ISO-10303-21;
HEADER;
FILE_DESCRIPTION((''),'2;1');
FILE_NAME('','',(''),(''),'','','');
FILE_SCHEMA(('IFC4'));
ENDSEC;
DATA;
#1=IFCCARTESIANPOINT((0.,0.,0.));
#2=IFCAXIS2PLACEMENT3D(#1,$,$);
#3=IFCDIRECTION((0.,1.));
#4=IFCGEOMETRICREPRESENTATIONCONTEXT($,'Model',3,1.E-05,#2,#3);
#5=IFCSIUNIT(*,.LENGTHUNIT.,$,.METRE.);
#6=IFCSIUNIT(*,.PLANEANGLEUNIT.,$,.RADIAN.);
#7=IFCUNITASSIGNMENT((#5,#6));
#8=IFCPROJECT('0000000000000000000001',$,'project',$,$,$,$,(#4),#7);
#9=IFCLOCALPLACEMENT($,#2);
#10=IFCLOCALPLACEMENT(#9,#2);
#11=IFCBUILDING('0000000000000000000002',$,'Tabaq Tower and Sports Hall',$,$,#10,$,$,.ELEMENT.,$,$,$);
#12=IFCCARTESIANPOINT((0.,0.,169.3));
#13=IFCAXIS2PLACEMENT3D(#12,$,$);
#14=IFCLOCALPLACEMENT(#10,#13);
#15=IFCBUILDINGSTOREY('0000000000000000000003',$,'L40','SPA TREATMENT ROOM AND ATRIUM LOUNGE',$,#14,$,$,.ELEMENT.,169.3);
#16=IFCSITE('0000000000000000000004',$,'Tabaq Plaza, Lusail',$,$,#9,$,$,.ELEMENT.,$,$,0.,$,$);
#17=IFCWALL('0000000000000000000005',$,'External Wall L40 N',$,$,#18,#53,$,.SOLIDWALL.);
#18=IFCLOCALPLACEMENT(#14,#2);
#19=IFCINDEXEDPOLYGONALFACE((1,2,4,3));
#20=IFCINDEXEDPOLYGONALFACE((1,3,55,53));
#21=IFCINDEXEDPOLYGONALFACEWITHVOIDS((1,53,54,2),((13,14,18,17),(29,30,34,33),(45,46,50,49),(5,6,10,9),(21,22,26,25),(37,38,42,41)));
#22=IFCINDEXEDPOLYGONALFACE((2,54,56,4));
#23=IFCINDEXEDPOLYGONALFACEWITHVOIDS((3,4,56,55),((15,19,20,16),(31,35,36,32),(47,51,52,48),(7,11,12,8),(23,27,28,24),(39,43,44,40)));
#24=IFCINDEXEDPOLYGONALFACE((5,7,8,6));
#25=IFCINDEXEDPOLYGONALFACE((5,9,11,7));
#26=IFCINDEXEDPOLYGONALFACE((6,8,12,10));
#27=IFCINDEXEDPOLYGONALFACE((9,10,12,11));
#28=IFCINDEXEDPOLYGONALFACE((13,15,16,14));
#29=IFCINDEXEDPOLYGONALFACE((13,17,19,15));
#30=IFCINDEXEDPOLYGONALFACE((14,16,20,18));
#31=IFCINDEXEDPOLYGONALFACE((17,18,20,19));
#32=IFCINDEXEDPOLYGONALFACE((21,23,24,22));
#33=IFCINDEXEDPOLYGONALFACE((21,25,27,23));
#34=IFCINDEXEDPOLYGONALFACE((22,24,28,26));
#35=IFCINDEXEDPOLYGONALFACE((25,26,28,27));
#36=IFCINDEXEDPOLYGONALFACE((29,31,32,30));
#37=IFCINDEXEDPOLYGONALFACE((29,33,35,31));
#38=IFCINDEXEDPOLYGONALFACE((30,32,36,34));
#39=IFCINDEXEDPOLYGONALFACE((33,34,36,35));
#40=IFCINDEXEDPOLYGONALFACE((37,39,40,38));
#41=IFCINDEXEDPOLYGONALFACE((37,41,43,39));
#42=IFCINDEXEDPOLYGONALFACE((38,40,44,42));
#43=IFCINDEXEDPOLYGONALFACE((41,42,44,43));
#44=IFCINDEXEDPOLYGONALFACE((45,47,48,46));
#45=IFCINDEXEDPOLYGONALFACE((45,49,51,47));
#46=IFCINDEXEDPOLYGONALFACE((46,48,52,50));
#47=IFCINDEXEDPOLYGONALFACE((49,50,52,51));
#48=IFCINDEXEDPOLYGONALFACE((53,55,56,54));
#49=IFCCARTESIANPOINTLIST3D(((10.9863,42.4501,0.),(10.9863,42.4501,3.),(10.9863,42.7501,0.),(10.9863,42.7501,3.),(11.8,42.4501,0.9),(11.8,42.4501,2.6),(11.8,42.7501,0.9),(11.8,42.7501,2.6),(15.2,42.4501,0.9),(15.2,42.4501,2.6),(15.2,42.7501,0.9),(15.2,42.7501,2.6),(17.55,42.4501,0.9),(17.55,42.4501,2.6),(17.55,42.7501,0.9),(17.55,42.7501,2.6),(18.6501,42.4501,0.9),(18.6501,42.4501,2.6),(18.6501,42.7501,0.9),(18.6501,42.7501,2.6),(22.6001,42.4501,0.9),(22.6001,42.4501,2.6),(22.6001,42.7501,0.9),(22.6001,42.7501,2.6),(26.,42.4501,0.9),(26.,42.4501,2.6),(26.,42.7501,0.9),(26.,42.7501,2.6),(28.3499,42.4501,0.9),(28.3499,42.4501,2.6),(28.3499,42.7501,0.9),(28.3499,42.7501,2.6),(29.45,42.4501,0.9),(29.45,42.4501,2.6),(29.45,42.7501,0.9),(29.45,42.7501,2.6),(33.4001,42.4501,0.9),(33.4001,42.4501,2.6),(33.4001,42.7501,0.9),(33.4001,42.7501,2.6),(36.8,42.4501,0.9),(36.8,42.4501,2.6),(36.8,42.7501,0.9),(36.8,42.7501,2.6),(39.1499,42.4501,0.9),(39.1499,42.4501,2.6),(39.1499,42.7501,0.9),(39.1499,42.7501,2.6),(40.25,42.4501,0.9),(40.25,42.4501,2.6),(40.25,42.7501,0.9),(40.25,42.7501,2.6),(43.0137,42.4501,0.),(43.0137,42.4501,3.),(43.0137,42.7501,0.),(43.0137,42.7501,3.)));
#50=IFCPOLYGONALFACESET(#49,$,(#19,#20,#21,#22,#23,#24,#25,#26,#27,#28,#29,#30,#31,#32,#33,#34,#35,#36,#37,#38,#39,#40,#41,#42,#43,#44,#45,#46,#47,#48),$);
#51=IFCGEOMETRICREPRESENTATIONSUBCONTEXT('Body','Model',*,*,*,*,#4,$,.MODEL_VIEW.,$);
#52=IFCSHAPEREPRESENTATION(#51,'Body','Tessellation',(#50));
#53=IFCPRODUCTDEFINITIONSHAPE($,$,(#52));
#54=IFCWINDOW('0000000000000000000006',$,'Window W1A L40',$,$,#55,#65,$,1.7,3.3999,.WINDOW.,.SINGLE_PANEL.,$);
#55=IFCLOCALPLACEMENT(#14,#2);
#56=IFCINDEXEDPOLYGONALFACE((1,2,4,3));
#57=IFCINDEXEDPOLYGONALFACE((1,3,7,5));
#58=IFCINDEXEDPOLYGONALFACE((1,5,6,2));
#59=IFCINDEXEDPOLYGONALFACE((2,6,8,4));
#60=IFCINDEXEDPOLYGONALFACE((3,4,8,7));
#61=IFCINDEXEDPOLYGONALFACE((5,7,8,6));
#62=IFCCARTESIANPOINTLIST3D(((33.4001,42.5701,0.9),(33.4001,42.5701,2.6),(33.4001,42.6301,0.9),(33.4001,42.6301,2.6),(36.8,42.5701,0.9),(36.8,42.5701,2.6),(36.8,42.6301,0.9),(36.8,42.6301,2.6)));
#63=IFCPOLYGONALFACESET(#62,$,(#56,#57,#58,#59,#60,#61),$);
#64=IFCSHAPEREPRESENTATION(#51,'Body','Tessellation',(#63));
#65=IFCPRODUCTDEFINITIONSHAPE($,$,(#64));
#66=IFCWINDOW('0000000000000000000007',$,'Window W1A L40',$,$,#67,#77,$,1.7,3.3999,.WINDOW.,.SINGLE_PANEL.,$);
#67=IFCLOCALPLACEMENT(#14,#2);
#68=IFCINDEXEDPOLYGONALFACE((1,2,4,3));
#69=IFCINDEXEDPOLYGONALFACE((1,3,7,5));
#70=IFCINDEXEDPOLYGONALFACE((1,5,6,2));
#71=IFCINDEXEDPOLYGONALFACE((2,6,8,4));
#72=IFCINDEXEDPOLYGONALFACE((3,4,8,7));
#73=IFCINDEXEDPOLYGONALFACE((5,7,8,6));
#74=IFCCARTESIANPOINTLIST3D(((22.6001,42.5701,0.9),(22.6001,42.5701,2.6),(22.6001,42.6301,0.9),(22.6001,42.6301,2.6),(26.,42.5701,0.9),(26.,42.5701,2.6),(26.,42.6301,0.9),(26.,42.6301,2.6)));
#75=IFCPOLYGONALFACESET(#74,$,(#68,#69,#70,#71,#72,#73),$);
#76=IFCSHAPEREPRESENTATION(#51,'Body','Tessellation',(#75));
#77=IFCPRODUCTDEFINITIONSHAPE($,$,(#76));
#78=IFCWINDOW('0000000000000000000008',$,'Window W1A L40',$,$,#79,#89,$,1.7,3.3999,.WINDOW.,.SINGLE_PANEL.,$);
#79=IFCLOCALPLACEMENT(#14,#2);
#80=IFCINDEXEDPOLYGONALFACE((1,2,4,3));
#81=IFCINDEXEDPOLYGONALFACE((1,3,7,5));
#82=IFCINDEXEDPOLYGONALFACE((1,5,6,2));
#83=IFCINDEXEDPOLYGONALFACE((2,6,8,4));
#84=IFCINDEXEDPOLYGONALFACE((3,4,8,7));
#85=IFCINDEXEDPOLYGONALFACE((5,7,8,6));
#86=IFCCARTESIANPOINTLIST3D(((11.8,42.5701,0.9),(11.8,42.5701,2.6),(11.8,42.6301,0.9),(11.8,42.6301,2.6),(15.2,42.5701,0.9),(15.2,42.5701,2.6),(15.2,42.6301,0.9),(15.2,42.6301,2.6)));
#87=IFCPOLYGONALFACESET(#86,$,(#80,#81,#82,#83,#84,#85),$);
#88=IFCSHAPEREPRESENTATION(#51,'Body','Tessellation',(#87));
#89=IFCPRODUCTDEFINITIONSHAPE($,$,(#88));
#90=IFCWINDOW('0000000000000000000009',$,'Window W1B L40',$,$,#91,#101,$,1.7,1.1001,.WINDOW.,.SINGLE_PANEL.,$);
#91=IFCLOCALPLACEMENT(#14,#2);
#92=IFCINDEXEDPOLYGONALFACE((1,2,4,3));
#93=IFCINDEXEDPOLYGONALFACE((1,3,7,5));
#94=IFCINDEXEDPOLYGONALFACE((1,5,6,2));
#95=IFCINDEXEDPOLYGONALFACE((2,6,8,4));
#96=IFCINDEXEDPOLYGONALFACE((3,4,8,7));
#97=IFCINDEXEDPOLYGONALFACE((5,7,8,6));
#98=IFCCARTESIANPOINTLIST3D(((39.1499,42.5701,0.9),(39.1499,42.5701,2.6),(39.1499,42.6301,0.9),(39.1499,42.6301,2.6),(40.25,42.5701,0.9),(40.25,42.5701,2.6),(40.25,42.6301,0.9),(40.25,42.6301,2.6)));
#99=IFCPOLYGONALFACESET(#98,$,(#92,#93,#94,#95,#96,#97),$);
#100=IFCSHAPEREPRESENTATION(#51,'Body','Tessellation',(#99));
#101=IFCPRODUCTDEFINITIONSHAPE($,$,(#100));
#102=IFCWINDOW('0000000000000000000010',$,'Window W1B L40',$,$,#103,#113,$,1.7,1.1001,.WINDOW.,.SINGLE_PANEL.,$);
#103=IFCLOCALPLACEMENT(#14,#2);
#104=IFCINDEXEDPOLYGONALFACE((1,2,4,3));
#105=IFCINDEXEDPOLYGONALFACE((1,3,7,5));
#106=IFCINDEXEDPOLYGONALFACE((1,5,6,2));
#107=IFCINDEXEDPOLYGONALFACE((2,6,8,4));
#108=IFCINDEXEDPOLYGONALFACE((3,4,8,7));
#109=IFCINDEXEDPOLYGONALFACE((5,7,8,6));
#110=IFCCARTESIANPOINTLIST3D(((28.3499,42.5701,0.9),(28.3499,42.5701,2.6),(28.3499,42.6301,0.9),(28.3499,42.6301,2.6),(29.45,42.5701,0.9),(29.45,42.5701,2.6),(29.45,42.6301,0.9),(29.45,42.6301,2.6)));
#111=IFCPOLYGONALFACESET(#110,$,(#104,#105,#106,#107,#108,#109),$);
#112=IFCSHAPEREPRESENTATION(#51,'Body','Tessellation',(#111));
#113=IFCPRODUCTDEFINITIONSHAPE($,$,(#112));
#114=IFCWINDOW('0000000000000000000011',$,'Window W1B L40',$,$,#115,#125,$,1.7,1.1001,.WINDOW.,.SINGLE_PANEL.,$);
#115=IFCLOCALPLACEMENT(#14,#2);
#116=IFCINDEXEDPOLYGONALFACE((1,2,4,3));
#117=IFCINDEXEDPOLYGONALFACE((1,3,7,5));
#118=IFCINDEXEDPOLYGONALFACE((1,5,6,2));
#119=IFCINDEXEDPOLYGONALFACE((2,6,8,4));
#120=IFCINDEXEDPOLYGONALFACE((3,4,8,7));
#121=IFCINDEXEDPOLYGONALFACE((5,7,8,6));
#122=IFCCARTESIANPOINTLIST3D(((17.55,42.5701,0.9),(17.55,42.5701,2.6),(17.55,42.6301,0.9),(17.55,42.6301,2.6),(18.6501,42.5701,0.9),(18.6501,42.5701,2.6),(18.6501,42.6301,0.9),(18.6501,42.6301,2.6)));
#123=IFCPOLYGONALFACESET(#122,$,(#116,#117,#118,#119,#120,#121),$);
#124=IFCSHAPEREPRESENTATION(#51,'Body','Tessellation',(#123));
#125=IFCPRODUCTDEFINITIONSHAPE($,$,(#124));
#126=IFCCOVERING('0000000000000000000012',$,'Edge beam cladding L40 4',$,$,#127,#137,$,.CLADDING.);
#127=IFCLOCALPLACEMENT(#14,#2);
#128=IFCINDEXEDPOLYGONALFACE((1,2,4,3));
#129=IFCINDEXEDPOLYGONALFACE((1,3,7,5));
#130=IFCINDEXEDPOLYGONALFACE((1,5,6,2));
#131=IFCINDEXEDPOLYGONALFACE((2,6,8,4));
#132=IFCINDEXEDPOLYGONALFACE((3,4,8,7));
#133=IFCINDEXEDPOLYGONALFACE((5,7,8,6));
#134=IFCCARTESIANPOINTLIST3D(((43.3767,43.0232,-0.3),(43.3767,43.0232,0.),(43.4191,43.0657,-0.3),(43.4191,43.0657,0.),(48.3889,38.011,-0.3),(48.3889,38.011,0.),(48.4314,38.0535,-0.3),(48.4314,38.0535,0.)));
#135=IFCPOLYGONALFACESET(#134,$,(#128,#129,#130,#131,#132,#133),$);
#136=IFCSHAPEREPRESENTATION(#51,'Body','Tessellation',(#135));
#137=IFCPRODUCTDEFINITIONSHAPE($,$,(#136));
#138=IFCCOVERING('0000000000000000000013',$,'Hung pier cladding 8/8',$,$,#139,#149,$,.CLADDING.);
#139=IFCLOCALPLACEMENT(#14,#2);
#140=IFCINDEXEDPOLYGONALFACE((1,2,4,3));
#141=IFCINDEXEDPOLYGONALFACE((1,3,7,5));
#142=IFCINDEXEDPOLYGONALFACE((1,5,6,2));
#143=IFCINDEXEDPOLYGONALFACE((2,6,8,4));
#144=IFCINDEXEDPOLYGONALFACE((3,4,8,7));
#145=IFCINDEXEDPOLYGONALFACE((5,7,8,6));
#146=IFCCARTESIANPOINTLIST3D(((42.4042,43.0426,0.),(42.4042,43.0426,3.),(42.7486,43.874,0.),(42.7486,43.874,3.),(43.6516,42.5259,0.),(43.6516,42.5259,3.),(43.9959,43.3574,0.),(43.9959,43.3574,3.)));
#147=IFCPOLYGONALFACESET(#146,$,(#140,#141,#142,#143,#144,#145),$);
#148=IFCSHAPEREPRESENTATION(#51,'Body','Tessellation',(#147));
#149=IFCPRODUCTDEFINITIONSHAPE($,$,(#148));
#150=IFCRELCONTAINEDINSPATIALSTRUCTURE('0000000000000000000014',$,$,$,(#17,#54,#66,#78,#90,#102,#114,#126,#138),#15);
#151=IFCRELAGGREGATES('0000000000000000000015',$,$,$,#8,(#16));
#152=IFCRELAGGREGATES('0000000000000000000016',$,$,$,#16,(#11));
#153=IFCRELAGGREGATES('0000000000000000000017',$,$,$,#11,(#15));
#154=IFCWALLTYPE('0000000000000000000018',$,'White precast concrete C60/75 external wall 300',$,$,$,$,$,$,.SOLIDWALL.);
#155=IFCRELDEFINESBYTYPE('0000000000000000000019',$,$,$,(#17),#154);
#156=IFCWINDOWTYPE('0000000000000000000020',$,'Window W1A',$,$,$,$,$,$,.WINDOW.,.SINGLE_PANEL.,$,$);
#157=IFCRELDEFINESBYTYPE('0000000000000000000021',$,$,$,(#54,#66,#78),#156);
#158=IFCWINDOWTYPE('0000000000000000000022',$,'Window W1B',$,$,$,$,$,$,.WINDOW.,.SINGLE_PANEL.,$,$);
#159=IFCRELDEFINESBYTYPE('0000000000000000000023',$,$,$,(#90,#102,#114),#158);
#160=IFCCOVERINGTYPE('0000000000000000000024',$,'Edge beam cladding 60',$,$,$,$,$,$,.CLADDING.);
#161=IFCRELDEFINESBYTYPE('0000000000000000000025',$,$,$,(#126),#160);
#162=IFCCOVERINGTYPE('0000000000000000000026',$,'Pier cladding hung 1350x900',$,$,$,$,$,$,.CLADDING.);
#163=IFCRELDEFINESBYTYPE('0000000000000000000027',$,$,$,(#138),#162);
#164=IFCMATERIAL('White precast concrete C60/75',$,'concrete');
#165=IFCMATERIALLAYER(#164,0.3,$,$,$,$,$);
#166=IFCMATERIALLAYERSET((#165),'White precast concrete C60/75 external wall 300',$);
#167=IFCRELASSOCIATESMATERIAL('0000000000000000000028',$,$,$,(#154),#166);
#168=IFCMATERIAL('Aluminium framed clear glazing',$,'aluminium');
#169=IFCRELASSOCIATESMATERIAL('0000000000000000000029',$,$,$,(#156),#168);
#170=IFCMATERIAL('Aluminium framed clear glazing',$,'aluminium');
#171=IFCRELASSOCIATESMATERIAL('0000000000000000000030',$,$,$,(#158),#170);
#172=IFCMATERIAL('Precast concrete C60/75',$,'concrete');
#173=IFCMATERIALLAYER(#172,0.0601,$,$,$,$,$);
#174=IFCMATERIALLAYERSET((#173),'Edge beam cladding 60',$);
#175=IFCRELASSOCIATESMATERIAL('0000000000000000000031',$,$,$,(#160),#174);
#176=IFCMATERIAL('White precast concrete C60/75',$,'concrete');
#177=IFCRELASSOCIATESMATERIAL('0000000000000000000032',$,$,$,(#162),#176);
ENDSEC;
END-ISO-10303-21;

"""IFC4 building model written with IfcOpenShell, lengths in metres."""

from ifc_helpers import new_model, si_unit, direction, frame, frame_2d, origin, place, context, subcontext, project, spatial, rectangle, extrude, material, layer, layer_set, type_object, element, fill, save


model = new_model("IFC4")

# Units and contexts
model_context = context("Model", 3, precision=1e-05, world=origin(), true_north=direction((0.0, 1.0)))
body_context = subcontext(model_context, "Body", "Model", "MODEL_VIEW")
ifc_project = project(units=[si_unit("LENGTHUNIT", "METRE"), si_unit("PLANEANGLEUNIT", "RADIAN")], contexts=[model_context])

# Site, building, storey
site_placement = place(None, origin())
site = spatial("IfcSite", under=ifc_project, at=site_placement, Name="Tabaq Plaza, Lusail", CompositionType="ELEMENT", RefElevation=0.0)
building_placement = place(site_placement, origin())
building = spatial("IfcBuilding", under=site, at=building_placement, Name="Tabaq Tower and Sports Hall", CompositionType="ELEMENT")
storey_placement = place(building_placement, frame((0.0, 0.0, 169.3)))
storey = spatial("IfcBuildingStorey", under=building, at=storey_placement, Name="L40", Description="SPA TREATMENT ROOM AND ATRIUM LOUNGE", CompositionType="ELEMENT", Elevation=169.3)

# Wall, openings, windows
ifc_material_1 = material(Name="White precast concrete C60/75", Category="concrete")
ifc_layer_1 = layer(ifc_material_1, 0.3)
ifc_layer_set_1 = layer_set([ifc_layer_1], Name="White precast concrete C60/75 external wall 300")
wall_type_1 = type_object("IfcWallType", Name="White precast concrete C60/75 external wall 300", PredefinedType="SOLIDWALL", material=ifc_layer_set_1)
wall_1_placement = place(storey_placement, frame((43.0137, 42.6001, 0.0), z_axis=(0.0, 0.0, 1.0), x_axis=(-1.0, 0.0, 0.0)))
wall_1 = element("IfcWall", 1, at=wall_1_placement, inside=storey, type_object=wall_type_1, Name="External Wall L40 N", PredefinedType="SOLIDWALL", context=body_context, shape_type="SweptSolid", body=[
    extrude(rectangle(XDim=32.0273, YDim=0.3, at=frame_2d((16.0137, 0.0))), origin(), (0.0, 0.0, 1.0), 3.0),
])
opening_1_placement = place(wall_1_placement, frame((2.7637, 0.0, 0.8999)))
opening_1 = element("IfcOpeningElement", 2, at=opening_1_placement, cuts=wall_1, PredefinedType="OPENING", context=body_context, shape_type="SweptSolid", body=[
    extrude(rectangle(XDim=1.1001, YDim=1.7, at=frame_2d((0.55, 0.8501))), frame((0.0, 0.1602, 0.0), z_axis=(0.0, -1.0, 0.0), x_axis=(1.0, 0.0, 0.0)), (0.0, 0.0, 1.0), 0.3201),
])
opening_2_placement = place(wall_1_placement, frame((6.2136, 0.0, 0.8999)))
opening_2 = element("IfcOpeningElement", 3, at=opening_2_placement, cuts=wall_1, PredefinedType="OPENING", context=body_context, shape_type="SweptSolid", body=[
    extrude(rectangle(XDim=3.3999, YDim=1.7, at=frame_2d((1.7, 0.8501))), frame((0.0, 0.1602, 0.0), z_axis=(0.0, -1.0, 0.0), x_axis=(1.0, 0.0, 0.0)), (0.0, 0.0, 1.0), 0.3201),
])
opening_3_placement = place(wall_1_placement, frame((13.5637, 0.0, 0.8999)))
opening_3 = element("IfcOpeningElement", 4, at=opening_3_placement, cuts=wall_1, PredefinedType="OPENING", context=body_context, shape_type="SweptSolid", body=[
    extrude(rectangle(XDim=1.1001, YDim=1.7, at=frame_2d((0.55, 0.8501))), frame((0.0, 0.1602, 0.0), z_axis=(0.0, -1.0, 0.0), x_axis=(1.0, 0.0, 0.0)), (0.0, 0.0, 1.0), 0.3201),
])
opening_4_placement = place(wall_1_placement, frame((17.0137, 0.0, 0.8999)))
opening_4 = element("IfcOpeningElement", 5, at=opening_4_placement, cuts=wall_1, PredefinedType="OPENING", context=body_context, shape_type="SweptSolid", body=[
    extrude(rectangle(XDim=3.3999, YDim=1.7, at=frame_2d((1.7, 0.8501))), frame((0.0, 0.1602, 0.0), z_axis=(0.0, -1.0, 0.0), x_axis=(1.0, 0.0, 0.0)), (0.0, 0.0, 1.0), 0.3201),
])
opening_5_placement = place(wall_1_placement, frame((24.3635, 0.0, 0.8999)))
opening_5 = element("IfcOpeningElement", 6, at=opening_5_placement, cuts=wall_1, PredefinedType="OPENING", context=body_context, shape_type="SweptSolid", body=[
    extrude(rectangle(XDim=1.1001, YDim=1.7, at=frame_2d((0.55, 0.8501))), frame((0.0, 0.1602, 0.0), z_axis=(0.0, -1.0, 0.0), x_axis=(1.0, 0.0, 0.0)), (0.0, 0.0, 1.0), 0.3201),
])
opening_6_placement = place(wall_1_placement, frame((27.8137, 0.0, 0.8999)))
opening_6 = element("IfcOpeningElement", 7, at=opening_6_placement, cuts=wall_1, PredefinedType="OPENING", context=body_context, shape_type="SweptSolid", body=[
    extrude(rectangle(XDim=3.3999, YDim=1.7, at=frame_2d((1.7, 0.8501))), frame((0.0, 0.1602, 0.0), z_axis=(0.0, -1.0, 0.0), x_axis=(1.0, 0.0, 0.0)), (0.0, 0.0, 1.0), 0.3201),
])
ifc_material_2 = material(Name="Aluminium framed clear glazing", Category="aluminium")
window_type_1 = type_object("IfcWindowType", Name="Window W1A", PartitioningType="SINGLE_PANEL", PredefinedType="WINDOW", material=ifc_material_2)
window_1_placement = place(opening_2_placement, origin())
window_1 = element("IfcWindow", 8, at=window_1_placement, inside=storey, type_object=window_type_1, Name="Window W1A L40", OverallHeight=1.7, OverallWidth=3.3999, PartitioningType="SINGLE_PANEL", PredefinedType="WINDOW", context=body_context, shape_type="SweptSolid", body=[
    extrude(rectangle(XDim=3.3999, YDim=1.7, at=frame_2d((1.7, 0.8501))), frame((0.0, 0.03, 0.0), z_axis=(0.0, -1.0, 0.0), x_axis=(1.0, 0.0, 0.0)), (0.0, 0.0, 1.0), 0.0601),
])
fill(opening_2, window_1)
window_2_placement = place(opening_4_placement, origin())
window_2 = element("IfcWindow", 9, at=window_2_placement, inside=storey, type_object=window_type_1, Name="Window W1A L40", OverallHeight=1.7, OverallWidth=3.3999, PartitioningType="SINGLE_PANEL", PredefinedType="WINDOW", context=body_context, shape_type="SweptSolid", body=[
    extrude(rectangle(XDim=3.3999, YDim=1.7, at=frame_2d((1.7, 0.8501))), frame((0.0, 0.03, 0.0), z_axis=(0.0, -1.0, 0.0), x_axis=(1.0, 0.0, 0.0)), (0.0, 0.0, 1.0), 0.0601),
])
fill(opening_4, window_2)
window_3_placement = place(opening_6_placement, origin())
window_3 = element("IfcWindow", 10, at=window_3_placement, inside=storey, type_object=window_type_1, Name="Window W1A L40", OverallHeight=1.7, OverallWidth=3.3999, PartitioningType="SINGLE_PANEL", PredefinedType="WINDOW", context=body_context, shape_type="SweptSolid", body=[
    extrude(rectangle(XDim=3.3999, YDim=1.7, at=frame_2d((1.7, 0.8501))), frame((0.0, 0.03, 0.0), z_axis=(0.0, -1.0, 0.0), x_axis=(1.0, 0.0, 0.0)), (0.0, 0.0, 1.0), 0.0601),
])
fill(opening_6, window_3)
ifc_material_3 = material(Name="Aluminium framed clear glazing", Category="aluminium")
window_type_2 = type_object("IfcWindowType", Name="Window W1B", PartitioningType="SINGLE_PANEL", PredefinedType="WINDOW", material=ifc_material_3)
window_4_placement = place(opening_1_placement, origin())
window_4 = element("IfcWindow", 11, at=window_4_placement, inside=storey, type_object=window_type_2, Name="Window W1B L40", OverallHeight=1.7, OverallWidth=1.1001, PartitioningType="SINGLE_PANEL", PredefinedType="WINDOW", context=body_context, shape_type="SweptSolid", body=[
    extrude(rectangle(XDim=1.1001, YDim=1.7, at=frame_2d((0.55, 0.8501))), frame((0.0, 0.03, 0.0), z_axis=(0.0, -1.0, 0.0), x_axis=(1.0, 0.0, 0.0)), (0.0, 0.0, 1.0), 0.0601),
])
fill(opening_1, window_4)
window_5_placement = place(opening_3_placement, origin())
window_5 = element("IfcWindow", 12, at=window_5_placement, inside=storey, type_object=window_type_2, Name="Window W1B L40", OverallHeight=1.7, OverallWidth=1.1001, PartitioningType="SINGLE_PANEL", PredefinedType="WINDOW", context=body_context, shape_type="SweptSolid", body=[
    extrude(rectangle(XDim=1.1001, YDim=1.7, at=frame_2d((0.55, 0.8501))), frame((0.0, 0.03, 0.0), z_axis=(0.0, -1.0, 0.0), x_axis=(1.0, 0.0, 0.0)), (0.0, 0.0, 1.0), 0.0601),
])
fill(opening_3, window_5)
window_6_placement = place(opening_5_placement, origin())
window_6 = element("IfcWindow", 13, at=window_6_placement, inside=storey, type_object=window_type_2, Name="Window W1B L40", OverallHeight=1.7, OverallWidth=1.1001, PartitioningType="SINGLE_PANEL", PredefinedType="WINDOW", context=body_context, shape_type="SweptSolid", body=[
    extrude(rectangle(XDim=1.1001, YDim=1.7, at=frame_2d((0.55, 0.8501))), frame((0.0, 0.03, 0.0), z_axis=(0.0, -1.0, 0.0), x_axis=(1.0, 0.0, 0.0)), (0.0, 0.0, 1.0), 0.0601),
])
fill(opening_5, window_6)

# Coverings
ifc_material_4 = material(Name="Precast concrete C60/75", Category="concrete")
ifc_layer_2 = layer(ifc_material_4, 0.0601)
ifc_layer_set_2 = layer_set([ifc_layer_2], Name="Edge beam cladding 60")
covering_type_1 = type_object("IfcCoveringType", Name="Edge beam cladding 60", PredefinedType="CLADDING", material=ifc_layer_set_2)
covering_1_placement = place(storey_placement, frame((48.4102, 38.0322, -0.3), z_axis=(0.0, 0.0, 1.0), x_axis=(-0.707107, 0.707107, 0.0)))
element("IfcCovering", 14, at=covering_1_placement, inside=storey, type_object=covering_type_1, Name="Edge beam cladding L40 4", PredefinedType="CLADDING", context=body_context, shape_type="SweptSolid", body=[
    extrude(rectangle(XDim=7.0884, YDim=0.0601, at=frame_2d((3.5442, 0.0))), origin(), (0.0, 0.0, 1.0), 0.3),
])
ifc_material_5 = material(Name="White precast concrete C60/75", Category="concrete")
covering_type_2 = type_object("IfcCoveringType", Name="Pier cladding hung 1350x900", PredefinedType="CLADDING", material=ifc_material_5)
covering_2_placement = place(storey_placement, frame((43.8237, 42.9417, 0.0), z_axis=(0.0, 0.0, 1.0), x_axis=(-0.923893, 0.38265, 0.0)))
element("IfcCovering", 15, at=covering_2_placement, inside=storey, type_object=covering_type_2, Name="Hung pier cladding 8/8", PredefinedType="CLADDING", context=body_context, shape_type="SweptSolid", body=[
    extrude(rectangle(XDim=1.3501, YDim=0.8999, at=frame_2d((0.675, 0.0))), origin(), (0.0, 0.0, 1.0), 3.0),
])

save(model, "model.ifc")
